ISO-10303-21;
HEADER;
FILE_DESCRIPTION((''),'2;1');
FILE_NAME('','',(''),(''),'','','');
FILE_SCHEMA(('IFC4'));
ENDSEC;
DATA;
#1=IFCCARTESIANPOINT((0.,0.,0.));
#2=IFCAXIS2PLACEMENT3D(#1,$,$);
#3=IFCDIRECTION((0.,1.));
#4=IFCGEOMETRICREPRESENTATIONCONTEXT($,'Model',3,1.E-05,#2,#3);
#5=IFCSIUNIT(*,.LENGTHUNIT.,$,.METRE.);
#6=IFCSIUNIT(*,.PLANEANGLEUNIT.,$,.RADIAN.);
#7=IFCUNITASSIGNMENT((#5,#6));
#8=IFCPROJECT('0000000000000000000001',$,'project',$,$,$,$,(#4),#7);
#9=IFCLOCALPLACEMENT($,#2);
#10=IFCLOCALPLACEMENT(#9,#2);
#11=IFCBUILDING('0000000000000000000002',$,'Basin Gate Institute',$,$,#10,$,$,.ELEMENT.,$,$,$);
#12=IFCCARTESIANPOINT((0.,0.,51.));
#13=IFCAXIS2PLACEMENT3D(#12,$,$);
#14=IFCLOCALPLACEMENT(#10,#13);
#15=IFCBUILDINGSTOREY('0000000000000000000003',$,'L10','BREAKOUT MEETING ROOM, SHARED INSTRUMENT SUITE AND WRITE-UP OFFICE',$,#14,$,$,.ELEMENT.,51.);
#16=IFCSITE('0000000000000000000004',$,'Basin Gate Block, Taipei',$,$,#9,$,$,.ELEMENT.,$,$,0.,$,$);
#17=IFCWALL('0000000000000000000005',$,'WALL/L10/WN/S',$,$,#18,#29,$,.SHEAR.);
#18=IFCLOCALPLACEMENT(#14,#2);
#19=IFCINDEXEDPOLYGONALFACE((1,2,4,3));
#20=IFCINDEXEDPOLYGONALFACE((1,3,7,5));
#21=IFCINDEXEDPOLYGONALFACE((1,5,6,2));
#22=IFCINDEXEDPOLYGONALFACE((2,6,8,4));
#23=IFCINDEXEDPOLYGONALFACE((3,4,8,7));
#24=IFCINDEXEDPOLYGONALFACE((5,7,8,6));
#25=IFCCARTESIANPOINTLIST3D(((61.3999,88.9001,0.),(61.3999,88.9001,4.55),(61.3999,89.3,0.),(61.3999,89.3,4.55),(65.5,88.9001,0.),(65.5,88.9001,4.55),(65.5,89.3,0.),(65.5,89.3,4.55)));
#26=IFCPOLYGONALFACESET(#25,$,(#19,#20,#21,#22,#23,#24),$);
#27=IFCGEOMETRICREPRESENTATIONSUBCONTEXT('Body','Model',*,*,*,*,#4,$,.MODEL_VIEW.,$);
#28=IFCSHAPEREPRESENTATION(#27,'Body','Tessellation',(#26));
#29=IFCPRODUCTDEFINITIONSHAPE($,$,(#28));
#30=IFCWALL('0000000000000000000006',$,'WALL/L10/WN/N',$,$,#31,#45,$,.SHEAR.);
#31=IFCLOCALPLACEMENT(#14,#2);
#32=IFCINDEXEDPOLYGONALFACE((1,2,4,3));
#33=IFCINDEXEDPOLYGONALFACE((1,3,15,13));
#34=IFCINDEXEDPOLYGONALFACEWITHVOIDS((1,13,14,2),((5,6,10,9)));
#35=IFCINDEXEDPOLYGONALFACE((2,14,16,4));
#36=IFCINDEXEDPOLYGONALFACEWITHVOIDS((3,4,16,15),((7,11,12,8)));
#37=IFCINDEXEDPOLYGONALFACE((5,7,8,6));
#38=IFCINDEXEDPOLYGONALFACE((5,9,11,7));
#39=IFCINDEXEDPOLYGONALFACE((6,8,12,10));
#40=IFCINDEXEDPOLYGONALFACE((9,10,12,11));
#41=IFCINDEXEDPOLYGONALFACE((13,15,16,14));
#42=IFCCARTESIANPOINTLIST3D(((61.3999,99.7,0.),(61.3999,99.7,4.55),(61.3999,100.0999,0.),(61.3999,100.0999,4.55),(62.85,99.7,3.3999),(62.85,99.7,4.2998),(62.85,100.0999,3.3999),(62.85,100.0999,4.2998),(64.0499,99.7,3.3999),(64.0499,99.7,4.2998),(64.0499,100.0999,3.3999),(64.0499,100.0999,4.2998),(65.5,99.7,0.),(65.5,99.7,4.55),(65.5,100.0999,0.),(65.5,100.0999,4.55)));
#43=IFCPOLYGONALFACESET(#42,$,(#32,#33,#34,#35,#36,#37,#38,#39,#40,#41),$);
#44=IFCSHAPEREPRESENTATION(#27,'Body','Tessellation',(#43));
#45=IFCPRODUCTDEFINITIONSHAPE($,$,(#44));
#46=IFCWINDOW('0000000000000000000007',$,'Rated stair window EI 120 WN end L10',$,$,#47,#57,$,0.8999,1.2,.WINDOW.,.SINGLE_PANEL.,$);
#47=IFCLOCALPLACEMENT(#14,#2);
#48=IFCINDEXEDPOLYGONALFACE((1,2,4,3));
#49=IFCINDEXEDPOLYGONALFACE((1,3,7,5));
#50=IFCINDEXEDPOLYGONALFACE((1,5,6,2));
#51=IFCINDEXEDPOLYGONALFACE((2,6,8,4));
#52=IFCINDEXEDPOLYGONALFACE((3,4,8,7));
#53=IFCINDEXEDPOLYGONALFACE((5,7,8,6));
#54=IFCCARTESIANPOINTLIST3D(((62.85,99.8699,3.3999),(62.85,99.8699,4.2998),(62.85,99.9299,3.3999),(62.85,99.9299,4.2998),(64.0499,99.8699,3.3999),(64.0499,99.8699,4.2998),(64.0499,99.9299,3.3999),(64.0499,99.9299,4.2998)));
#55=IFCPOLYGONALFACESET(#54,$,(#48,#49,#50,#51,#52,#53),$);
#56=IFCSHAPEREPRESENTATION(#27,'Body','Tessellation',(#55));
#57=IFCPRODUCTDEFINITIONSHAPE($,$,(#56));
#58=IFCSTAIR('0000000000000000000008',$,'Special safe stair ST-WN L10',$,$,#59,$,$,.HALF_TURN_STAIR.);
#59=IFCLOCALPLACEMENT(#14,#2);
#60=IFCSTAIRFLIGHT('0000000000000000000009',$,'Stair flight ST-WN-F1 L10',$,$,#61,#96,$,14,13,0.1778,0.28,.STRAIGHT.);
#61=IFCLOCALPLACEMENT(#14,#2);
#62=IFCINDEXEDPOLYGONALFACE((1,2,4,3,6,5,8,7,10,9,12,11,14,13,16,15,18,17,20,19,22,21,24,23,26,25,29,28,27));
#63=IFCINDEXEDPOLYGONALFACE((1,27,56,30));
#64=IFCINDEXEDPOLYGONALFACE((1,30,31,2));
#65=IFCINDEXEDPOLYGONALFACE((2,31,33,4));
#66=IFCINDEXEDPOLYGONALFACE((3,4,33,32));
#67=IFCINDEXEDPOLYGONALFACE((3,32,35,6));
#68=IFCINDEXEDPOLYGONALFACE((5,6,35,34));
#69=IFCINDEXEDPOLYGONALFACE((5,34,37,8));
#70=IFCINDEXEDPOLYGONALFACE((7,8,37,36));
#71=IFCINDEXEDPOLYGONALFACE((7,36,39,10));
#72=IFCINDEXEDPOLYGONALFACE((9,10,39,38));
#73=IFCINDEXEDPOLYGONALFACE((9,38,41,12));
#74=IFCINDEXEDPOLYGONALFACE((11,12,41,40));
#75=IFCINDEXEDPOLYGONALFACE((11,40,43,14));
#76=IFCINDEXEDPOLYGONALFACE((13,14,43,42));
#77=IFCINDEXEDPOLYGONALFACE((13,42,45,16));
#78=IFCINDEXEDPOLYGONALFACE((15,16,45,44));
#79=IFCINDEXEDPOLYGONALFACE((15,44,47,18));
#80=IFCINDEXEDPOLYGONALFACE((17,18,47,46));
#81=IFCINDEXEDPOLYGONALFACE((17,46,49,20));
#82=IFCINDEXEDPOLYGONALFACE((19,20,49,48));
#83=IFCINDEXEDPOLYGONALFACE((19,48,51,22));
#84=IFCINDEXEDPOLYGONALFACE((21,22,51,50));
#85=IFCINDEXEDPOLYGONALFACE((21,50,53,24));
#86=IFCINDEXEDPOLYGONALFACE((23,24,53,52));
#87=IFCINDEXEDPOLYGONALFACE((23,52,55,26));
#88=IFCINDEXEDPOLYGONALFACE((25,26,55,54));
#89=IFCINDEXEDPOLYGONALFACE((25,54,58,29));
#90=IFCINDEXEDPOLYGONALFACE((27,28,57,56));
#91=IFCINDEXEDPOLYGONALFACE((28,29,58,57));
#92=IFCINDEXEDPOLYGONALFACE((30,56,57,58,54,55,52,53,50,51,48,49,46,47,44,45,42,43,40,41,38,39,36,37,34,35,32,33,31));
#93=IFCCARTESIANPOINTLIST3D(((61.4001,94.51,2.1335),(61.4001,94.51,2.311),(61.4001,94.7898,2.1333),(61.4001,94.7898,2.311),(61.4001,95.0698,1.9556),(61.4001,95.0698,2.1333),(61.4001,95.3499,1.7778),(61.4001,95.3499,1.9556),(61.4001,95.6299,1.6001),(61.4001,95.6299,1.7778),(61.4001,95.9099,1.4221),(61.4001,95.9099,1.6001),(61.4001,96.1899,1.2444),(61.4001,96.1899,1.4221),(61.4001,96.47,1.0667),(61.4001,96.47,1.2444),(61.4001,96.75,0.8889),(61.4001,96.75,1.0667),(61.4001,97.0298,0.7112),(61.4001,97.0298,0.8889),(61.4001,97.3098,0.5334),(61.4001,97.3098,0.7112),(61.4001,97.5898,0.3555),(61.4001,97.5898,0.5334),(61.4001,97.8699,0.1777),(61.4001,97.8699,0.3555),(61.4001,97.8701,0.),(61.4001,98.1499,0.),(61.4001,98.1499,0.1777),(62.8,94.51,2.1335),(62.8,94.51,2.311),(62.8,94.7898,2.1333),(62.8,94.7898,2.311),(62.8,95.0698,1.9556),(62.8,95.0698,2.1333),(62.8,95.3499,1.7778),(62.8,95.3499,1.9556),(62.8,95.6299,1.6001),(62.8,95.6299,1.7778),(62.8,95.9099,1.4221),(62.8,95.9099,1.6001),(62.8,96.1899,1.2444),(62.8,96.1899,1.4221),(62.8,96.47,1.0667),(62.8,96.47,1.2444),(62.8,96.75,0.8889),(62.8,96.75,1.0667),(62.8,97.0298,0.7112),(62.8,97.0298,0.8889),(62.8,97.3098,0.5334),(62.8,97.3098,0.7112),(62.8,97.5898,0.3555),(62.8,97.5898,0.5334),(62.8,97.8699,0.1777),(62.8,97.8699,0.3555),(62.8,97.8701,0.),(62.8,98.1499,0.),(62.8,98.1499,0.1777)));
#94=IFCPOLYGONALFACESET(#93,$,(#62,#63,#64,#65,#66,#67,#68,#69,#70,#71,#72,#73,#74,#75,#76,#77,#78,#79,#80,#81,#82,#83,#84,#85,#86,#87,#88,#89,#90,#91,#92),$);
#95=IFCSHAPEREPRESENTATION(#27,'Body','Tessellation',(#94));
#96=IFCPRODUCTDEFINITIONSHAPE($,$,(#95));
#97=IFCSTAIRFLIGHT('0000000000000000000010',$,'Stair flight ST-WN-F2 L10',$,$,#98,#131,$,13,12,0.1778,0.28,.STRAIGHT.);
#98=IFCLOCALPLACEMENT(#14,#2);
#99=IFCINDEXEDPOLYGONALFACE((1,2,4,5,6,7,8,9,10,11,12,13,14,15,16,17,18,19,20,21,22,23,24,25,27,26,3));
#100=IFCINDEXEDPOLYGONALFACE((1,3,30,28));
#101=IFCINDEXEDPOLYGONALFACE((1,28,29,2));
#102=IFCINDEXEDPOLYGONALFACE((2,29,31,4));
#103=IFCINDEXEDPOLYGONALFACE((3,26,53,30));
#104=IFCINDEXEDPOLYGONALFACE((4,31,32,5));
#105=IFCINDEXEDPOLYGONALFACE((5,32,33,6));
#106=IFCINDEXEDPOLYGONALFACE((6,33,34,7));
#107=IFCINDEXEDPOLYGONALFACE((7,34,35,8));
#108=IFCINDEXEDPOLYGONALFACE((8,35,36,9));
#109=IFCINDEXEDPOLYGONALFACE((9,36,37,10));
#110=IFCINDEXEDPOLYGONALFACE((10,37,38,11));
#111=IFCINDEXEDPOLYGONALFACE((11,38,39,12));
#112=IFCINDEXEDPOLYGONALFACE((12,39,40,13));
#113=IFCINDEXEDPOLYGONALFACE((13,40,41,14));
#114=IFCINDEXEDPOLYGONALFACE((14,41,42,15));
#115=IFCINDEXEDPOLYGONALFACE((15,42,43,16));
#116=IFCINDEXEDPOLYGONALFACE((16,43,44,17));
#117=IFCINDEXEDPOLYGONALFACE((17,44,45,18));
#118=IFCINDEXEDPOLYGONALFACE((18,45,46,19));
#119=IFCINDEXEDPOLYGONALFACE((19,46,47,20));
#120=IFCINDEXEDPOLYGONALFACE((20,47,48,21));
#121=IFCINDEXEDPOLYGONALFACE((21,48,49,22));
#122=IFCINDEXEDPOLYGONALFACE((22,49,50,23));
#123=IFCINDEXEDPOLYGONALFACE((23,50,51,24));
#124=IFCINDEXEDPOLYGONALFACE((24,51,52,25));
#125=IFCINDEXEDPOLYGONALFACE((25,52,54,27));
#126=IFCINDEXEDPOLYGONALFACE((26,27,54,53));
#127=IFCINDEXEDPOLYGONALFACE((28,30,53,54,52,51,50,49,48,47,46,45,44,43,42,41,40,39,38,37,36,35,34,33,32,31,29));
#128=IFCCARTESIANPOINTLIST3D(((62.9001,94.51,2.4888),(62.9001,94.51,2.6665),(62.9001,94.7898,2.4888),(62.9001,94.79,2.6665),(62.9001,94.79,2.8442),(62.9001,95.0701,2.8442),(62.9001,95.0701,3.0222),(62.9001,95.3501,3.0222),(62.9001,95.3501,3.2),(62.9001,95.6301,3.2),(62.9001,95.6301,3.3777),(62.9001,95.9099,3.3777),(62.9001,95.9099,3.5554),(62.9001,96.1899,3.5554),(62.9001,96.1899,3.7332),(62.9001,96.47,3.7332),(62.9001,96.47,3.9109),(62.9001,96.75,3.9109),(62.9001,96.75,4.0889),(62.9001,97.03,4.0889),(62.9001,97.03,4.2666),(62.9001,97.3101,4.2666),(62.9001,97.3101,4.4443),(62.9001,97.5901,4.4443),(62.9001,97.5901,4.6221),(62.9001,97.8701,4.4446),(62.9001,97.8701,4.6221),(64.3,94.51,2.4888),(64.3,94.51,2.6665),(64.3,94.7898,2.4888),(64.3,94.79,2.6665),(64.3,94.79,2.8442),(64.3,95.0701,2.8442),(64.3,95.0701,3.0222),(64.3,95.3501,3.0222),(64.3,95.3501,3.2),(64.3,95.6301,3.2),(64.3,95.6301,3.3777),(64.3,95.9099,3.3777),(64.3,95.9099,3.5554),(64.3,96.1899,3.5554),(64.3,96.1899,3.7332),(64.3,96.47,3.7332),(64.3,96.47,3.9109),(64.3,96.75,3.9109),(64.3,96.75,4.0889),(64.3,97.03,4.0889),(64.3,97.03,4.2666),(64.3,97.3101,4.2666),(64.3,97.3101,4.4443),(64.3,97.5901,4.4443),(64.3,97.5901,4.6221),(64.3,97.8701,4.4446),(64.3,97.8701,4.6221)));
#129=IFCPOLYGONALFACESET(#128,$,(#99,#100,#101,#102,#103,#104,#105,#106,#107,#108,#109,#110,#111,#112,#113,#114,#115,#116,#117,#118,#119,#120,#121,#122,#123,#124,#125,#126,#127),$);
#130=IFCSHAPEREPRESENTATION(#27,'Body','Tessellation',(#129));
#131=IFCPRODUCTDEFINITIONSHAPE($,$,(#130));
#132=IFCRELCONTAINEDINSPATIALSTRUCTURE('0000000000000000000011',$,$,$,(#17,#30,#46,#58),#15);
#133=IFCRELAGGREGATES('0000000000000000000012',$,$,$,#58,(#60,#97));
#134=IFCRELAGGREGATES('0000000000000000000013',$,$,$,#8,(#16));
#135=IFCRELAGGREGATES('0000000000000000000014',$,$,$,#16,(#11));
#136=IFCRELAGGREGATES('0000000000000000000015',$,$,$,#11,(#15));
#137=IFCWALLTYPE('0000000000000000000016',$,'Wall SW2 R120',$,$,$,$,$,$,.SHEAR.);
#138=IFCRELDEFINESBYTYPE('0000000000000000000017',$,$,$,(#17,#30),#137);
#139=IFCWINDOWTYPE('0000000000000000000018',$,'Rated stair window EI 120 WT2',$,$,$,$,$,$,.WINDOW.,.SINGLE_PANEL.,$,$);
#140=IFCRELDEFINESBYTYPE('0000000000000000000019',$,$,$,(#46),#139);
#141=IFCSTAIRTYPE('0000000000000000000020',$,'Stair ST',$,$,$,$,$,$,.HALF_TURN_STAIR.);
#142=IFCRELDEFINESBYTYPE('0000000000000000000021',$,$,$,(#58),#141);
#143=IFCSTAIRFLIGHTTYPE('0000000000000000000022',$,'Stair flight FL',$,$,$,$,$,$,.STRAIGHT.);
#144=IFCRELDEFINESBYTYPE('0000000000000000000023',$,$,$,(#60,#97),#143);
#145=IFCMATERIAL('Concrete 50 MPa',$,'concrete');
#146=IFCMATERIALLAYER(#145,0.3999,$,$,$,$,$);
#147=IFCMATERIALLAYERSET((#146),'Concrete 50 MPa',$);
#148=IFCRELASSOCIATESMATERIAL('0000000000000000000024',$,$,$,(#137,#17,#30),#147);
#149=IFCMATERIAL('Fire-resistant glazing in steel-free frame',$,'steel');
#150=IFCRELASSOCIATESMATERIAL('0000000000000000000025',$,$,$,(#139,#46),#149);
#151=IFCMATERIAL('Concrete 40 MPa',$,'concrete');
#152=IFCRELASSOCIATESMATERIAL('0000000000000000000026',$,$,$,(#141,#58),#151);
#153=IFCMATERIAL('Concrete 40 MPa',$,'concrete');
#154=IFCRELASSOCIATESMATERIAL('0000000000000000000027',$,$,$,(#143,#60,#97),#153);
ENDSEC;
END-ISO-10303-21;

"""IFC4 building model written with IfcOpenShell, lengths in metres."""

from ifc_helpers import new_model, si_unit, direction, frame, frame_2d, origin, place, context, subcontext, project, spatial, polyline, rectangle, outline, extrude, material, layer, layer_set, type_object, element, fill, aggregate, save


model = new_model("IFC4")

# Units and contexts
model_context = context("Model", 3, precision=1e-05, world=origin(), true_north=direction((0.0, 1.0)))
body_context = subcontext(model_context, "Body", "Model", "MODEL_VIEW")
ifc_project = project(units=[si_unit("LENGTHUNIT", "METRE"), si_unit("PLANEANGLEUNIT", "RADIAN")], contexts=[model_context])

# Site, building, storey
site_placement = place(None, origin())
site = spatial("IfcSite", under=ifc_project, at=site_placement, Name="Basin Gate Block, Taipei", CompositionType="ELEMENT", RefElevation=0.0)
building_placement = place(site_placement, origin())
building = spatial("IfcBuilding", under=site, at=building_placement, Name="Basin Gate Institute", CompositionType="ELEMENT")
storey_placement = place(building_placement, frame((0.0, 0.0, 51.0)))
storey = spatial("IfcBuildingStorey", under=building, at=storey_placement, Name="L10", Description="BREAKOUT MEETING ROOM, SHARED INSTRUMENT SUITE AND WRITE-UP OFFICE", CompositionType="ELEMENT", Elevation=51.0)

# Wall
ifc_material_1 = material(Name="Concrete 50 MPa", Category="concrete")
ifc_layer_1 = layer(ifc_material_1, 0.3999)
ifc_layer_set_1 = layer_set([ifc_layer_1], Name="Concrete 50 MPa")
wall_type_1 = type_object("IfcWallType", Name="Wall SW2 R120", PredefinedType="SHEAR", material=ifc_layer_set_1)
wall_1_placement = place(storey_placement, frame((61.3999, 89.1001, 0.0), z_axis=(0.0, 0.0, 1.0), x_axis=(1.0, 0.0, 0.0)))
element("IfcWall", 1, at=wall_1_placement, inside=storey, type_object=wall_type_1, material=ifc_layer_set_1, Name="WALL/L10/WN/S", PredefinedType="SHEAR", context=body_context, shape_type="SweptSolid", body=[
    extrude(rectangle(XDim=4.1001, YDim=0.3999, at=frame_2d((2.05, 0.0))), origin(), (0.0, 0.0, 1.0), 4.55),
])

# Wall, opening, window
wall_2_placement = place(storey_placement, frame((61.3999, 99.8999, 0.0), z_axis=(0.0, 0.0, 1.0), x_axis=(1.0, 0.0, 0.0)))
wall_2 = element("IfcWall", 2, at=wall_2_placement, inside=storey, type_object=wall_type_1, material=ifc_layer_set_1, Name="WALL/L10/WN/N", PredefinedType="SHEAR", context=body_context, shape_type="SweptSolid", body=[
    extrude(rectangle(XDim=4.1001, YDim=0.3999, at=frame_2d((2.05, 0.0))), origin(), (0.0, 0.0, 1.0), 4.55),
])
opening_placement = place(wall_2_placement, frame((1.45, 0.0, 3.3999)))
opening = element("IfcOpeningElement", 3, at=opening_placement, cuts=wall_2, PredefinedType="OPENING", context=body_context, shape_type="SweptSolid", body=[
    extrude(rectangle(XDim=1.2, YDim=0.8999, at=frame_2d((0.6001, 0.45))), frame((0.0, 0.21, 0.0), z_axis=(0.0, -1.0, 0.0), x_axis=(1.0, 0.0, 0.0)), (0.0, 0.0, 1.0), 0.4199),
])
ifc_material_2 = material(Name="Fire-resistant glazing in steel-free frame", Category="steel")
window_type = type_object("IfcWindowType", Name="Rated stair window EI 120 WT2", PartitioningType="SINGLE_PANEL", PredefinedType="WINDOW", material=ifc_material_2)
window_placement = place(opening_placement, origin())
window = element("IfcWindow", 4, at=window_placement, inside=storey, type_object=window_type, material=ifc_material_2, Name="Rated stair window EI 120 WN end L10", OverallHeight=0.8999, OverallWidth=1.2, PartitioningType="SINGLE_PANEL", PredefinedType="WINDOW", context=body_context, shape_type="SweptSolid", body=[
    extrude(rectangle(XDim=1.2, YDim=0.8999, at=frame_2d((0.6001, 0.45))), frame((0.0, 0.03, 0.0), z_axis=(0.0, -1.0, 0.0), x_axis=(1.0, 0.0, 0.0)), (0.0, 0.0, 1.0), 0.0601),
])
fill(opening, window)

# Stair, stair flights
ifc_material_3 = material(Name="Concrete 40 MPa", Category="concrete")
stair_type = type_object("IfcStairType", Name="Stair ST", PredefinedType="HALF_TURN_STAIR", material=ifc_material_3)
stair_placement = place(storey_placement, origin())
stair = element("IfcStair", 5, at=stair_placement, inside=storey, type_object=stair_type, material=ifc_material_3, Name="Special safe stair ST-WN L10", PredefinedType="HALF_TURN_STAIR")
ifc_material_4 = material(Name="Concrete 40 MPa", Category="concrete")
stair_flight_type = type_object("IfcStairFlightType", Name="Stair flight FL", PredefinedType="STRAIGHT", material=ifc_material_4)
stair_flight_1_placement = place(storey_placement, frame((62.1001, 98.1499, 0.0), z_axis=(0.0, 0.0, 1.0), x_axis=(0.0, -1.0, 0.0)))
stair_flight_1 = element("IfcStairFlight", 6, at=stair_flight_1_placement, type_object=stair_flight_type, material=ifc_material_4, Name="Stair flight ST-WN-F1 L10", NumberOfRisers=14, NumberOfTreads=13, PredefinedType="STRAIGHT", RiserHeight=0.1778, TreadLength=0.28, context=body_context, shape_type="SweptSolid", body=[
    extrude(outline(polyline([(0.0, 0.0), (0.0, 0.1777), (0.28, 0.1777), (0.28, 0.3555), (0.5601, 0.3555), (0.5601, 0.5334), (0.8401, 0.5334), (0.8401, 0.7112), (1.1201, 0.7112), (1.1201, 0.8889), (1.3999, 0.8889), (1.3999, 1.0667), (1.6799, 1.0667), (1.6799, 1.2444), (1.96, 1.2444), (1.96, 1.4221), (2.24, 1.4221), (2.24, 1.6001), (2.52, 1.6001), (2.52, 1.7778), (2.8, 1.7778), (2.8, 1.9556), (3.0801, 1.9556), (3.0801, 2.1333), (3.3601, 2.1333), (3.3601, 2.311), (3.6399, 2.311), (3.6399, 2.4888), (3.6399, 2.1335), (0.2798, 0.0), (0.0, 0.0)])), frame((0.0, 0.7, 0.0), z_axis=(0.0, -1.0, 0.0), x_axis=(1.0, 0.0, 0.0)), (0.0, 0.0, 1.0), 1.3999),
])
stair_flight_2_placement = place(storey_placement, frame((63.6001, 94.51, 2.4888), z_axis=(0.0, 0.0, 1.0), x_axis=(0.0, 1.0, 0.0)))
stair_flight_2 = element("IfcStairFlight", 7, at=stair_flight_2_placement, type_object=stair_flight_type, material=ifc_material_4, Name="Stair flight ST-WN-F2 L10", NumberOfRisers=13, NumberOfTreads=12, PredefinedType="STRAIGHT", RiserHeight=0.1778, TreadLength=0.28, context=body_context, shape_type="SweptSolid", body=[
    extrude(outline(polyline([(0.0, 0.0), (0.0, 0.1777), (0.28, 0.1777), (0.28, 0.3555), (0.5601, 0.3555), (0.5601, 0.5334), (0.8401, 0.5334), (0.8401, 0.7112), (1.1201, 0.7112), (1.1201, 0.8889), (1.3999, 0.8889), (1.3999, 1.0667), (1.6799, 1.0667), (1.6799, 1.2444), (1.96, 1.2444), (1.96, 1.4221), (2.24, 1.4221), (2.24, 1.6001), (2.52, 1.6001), (2.52, 1.7778), (2.8, 1.7778), (2.8, 1.9556), (3.0801, 1.9556), (3.0801, 2.1333), (3.3601, 2.1333), (3.3601, 2.311), (3.3601, 1.9558), (0.2798, 0.0), (0.0, 0.0)])), frame((0.0, 0.7, 0.0), z_axis=(0.0, -1.0, 0.0), x_axis=(1.0, 0.0, 0.0)), (0.0, 0.0, 1.0), 1.3999),
])
aggregate(stair, [stair_flight_1, stair_flight_2])

save(model, "model.ifc")
